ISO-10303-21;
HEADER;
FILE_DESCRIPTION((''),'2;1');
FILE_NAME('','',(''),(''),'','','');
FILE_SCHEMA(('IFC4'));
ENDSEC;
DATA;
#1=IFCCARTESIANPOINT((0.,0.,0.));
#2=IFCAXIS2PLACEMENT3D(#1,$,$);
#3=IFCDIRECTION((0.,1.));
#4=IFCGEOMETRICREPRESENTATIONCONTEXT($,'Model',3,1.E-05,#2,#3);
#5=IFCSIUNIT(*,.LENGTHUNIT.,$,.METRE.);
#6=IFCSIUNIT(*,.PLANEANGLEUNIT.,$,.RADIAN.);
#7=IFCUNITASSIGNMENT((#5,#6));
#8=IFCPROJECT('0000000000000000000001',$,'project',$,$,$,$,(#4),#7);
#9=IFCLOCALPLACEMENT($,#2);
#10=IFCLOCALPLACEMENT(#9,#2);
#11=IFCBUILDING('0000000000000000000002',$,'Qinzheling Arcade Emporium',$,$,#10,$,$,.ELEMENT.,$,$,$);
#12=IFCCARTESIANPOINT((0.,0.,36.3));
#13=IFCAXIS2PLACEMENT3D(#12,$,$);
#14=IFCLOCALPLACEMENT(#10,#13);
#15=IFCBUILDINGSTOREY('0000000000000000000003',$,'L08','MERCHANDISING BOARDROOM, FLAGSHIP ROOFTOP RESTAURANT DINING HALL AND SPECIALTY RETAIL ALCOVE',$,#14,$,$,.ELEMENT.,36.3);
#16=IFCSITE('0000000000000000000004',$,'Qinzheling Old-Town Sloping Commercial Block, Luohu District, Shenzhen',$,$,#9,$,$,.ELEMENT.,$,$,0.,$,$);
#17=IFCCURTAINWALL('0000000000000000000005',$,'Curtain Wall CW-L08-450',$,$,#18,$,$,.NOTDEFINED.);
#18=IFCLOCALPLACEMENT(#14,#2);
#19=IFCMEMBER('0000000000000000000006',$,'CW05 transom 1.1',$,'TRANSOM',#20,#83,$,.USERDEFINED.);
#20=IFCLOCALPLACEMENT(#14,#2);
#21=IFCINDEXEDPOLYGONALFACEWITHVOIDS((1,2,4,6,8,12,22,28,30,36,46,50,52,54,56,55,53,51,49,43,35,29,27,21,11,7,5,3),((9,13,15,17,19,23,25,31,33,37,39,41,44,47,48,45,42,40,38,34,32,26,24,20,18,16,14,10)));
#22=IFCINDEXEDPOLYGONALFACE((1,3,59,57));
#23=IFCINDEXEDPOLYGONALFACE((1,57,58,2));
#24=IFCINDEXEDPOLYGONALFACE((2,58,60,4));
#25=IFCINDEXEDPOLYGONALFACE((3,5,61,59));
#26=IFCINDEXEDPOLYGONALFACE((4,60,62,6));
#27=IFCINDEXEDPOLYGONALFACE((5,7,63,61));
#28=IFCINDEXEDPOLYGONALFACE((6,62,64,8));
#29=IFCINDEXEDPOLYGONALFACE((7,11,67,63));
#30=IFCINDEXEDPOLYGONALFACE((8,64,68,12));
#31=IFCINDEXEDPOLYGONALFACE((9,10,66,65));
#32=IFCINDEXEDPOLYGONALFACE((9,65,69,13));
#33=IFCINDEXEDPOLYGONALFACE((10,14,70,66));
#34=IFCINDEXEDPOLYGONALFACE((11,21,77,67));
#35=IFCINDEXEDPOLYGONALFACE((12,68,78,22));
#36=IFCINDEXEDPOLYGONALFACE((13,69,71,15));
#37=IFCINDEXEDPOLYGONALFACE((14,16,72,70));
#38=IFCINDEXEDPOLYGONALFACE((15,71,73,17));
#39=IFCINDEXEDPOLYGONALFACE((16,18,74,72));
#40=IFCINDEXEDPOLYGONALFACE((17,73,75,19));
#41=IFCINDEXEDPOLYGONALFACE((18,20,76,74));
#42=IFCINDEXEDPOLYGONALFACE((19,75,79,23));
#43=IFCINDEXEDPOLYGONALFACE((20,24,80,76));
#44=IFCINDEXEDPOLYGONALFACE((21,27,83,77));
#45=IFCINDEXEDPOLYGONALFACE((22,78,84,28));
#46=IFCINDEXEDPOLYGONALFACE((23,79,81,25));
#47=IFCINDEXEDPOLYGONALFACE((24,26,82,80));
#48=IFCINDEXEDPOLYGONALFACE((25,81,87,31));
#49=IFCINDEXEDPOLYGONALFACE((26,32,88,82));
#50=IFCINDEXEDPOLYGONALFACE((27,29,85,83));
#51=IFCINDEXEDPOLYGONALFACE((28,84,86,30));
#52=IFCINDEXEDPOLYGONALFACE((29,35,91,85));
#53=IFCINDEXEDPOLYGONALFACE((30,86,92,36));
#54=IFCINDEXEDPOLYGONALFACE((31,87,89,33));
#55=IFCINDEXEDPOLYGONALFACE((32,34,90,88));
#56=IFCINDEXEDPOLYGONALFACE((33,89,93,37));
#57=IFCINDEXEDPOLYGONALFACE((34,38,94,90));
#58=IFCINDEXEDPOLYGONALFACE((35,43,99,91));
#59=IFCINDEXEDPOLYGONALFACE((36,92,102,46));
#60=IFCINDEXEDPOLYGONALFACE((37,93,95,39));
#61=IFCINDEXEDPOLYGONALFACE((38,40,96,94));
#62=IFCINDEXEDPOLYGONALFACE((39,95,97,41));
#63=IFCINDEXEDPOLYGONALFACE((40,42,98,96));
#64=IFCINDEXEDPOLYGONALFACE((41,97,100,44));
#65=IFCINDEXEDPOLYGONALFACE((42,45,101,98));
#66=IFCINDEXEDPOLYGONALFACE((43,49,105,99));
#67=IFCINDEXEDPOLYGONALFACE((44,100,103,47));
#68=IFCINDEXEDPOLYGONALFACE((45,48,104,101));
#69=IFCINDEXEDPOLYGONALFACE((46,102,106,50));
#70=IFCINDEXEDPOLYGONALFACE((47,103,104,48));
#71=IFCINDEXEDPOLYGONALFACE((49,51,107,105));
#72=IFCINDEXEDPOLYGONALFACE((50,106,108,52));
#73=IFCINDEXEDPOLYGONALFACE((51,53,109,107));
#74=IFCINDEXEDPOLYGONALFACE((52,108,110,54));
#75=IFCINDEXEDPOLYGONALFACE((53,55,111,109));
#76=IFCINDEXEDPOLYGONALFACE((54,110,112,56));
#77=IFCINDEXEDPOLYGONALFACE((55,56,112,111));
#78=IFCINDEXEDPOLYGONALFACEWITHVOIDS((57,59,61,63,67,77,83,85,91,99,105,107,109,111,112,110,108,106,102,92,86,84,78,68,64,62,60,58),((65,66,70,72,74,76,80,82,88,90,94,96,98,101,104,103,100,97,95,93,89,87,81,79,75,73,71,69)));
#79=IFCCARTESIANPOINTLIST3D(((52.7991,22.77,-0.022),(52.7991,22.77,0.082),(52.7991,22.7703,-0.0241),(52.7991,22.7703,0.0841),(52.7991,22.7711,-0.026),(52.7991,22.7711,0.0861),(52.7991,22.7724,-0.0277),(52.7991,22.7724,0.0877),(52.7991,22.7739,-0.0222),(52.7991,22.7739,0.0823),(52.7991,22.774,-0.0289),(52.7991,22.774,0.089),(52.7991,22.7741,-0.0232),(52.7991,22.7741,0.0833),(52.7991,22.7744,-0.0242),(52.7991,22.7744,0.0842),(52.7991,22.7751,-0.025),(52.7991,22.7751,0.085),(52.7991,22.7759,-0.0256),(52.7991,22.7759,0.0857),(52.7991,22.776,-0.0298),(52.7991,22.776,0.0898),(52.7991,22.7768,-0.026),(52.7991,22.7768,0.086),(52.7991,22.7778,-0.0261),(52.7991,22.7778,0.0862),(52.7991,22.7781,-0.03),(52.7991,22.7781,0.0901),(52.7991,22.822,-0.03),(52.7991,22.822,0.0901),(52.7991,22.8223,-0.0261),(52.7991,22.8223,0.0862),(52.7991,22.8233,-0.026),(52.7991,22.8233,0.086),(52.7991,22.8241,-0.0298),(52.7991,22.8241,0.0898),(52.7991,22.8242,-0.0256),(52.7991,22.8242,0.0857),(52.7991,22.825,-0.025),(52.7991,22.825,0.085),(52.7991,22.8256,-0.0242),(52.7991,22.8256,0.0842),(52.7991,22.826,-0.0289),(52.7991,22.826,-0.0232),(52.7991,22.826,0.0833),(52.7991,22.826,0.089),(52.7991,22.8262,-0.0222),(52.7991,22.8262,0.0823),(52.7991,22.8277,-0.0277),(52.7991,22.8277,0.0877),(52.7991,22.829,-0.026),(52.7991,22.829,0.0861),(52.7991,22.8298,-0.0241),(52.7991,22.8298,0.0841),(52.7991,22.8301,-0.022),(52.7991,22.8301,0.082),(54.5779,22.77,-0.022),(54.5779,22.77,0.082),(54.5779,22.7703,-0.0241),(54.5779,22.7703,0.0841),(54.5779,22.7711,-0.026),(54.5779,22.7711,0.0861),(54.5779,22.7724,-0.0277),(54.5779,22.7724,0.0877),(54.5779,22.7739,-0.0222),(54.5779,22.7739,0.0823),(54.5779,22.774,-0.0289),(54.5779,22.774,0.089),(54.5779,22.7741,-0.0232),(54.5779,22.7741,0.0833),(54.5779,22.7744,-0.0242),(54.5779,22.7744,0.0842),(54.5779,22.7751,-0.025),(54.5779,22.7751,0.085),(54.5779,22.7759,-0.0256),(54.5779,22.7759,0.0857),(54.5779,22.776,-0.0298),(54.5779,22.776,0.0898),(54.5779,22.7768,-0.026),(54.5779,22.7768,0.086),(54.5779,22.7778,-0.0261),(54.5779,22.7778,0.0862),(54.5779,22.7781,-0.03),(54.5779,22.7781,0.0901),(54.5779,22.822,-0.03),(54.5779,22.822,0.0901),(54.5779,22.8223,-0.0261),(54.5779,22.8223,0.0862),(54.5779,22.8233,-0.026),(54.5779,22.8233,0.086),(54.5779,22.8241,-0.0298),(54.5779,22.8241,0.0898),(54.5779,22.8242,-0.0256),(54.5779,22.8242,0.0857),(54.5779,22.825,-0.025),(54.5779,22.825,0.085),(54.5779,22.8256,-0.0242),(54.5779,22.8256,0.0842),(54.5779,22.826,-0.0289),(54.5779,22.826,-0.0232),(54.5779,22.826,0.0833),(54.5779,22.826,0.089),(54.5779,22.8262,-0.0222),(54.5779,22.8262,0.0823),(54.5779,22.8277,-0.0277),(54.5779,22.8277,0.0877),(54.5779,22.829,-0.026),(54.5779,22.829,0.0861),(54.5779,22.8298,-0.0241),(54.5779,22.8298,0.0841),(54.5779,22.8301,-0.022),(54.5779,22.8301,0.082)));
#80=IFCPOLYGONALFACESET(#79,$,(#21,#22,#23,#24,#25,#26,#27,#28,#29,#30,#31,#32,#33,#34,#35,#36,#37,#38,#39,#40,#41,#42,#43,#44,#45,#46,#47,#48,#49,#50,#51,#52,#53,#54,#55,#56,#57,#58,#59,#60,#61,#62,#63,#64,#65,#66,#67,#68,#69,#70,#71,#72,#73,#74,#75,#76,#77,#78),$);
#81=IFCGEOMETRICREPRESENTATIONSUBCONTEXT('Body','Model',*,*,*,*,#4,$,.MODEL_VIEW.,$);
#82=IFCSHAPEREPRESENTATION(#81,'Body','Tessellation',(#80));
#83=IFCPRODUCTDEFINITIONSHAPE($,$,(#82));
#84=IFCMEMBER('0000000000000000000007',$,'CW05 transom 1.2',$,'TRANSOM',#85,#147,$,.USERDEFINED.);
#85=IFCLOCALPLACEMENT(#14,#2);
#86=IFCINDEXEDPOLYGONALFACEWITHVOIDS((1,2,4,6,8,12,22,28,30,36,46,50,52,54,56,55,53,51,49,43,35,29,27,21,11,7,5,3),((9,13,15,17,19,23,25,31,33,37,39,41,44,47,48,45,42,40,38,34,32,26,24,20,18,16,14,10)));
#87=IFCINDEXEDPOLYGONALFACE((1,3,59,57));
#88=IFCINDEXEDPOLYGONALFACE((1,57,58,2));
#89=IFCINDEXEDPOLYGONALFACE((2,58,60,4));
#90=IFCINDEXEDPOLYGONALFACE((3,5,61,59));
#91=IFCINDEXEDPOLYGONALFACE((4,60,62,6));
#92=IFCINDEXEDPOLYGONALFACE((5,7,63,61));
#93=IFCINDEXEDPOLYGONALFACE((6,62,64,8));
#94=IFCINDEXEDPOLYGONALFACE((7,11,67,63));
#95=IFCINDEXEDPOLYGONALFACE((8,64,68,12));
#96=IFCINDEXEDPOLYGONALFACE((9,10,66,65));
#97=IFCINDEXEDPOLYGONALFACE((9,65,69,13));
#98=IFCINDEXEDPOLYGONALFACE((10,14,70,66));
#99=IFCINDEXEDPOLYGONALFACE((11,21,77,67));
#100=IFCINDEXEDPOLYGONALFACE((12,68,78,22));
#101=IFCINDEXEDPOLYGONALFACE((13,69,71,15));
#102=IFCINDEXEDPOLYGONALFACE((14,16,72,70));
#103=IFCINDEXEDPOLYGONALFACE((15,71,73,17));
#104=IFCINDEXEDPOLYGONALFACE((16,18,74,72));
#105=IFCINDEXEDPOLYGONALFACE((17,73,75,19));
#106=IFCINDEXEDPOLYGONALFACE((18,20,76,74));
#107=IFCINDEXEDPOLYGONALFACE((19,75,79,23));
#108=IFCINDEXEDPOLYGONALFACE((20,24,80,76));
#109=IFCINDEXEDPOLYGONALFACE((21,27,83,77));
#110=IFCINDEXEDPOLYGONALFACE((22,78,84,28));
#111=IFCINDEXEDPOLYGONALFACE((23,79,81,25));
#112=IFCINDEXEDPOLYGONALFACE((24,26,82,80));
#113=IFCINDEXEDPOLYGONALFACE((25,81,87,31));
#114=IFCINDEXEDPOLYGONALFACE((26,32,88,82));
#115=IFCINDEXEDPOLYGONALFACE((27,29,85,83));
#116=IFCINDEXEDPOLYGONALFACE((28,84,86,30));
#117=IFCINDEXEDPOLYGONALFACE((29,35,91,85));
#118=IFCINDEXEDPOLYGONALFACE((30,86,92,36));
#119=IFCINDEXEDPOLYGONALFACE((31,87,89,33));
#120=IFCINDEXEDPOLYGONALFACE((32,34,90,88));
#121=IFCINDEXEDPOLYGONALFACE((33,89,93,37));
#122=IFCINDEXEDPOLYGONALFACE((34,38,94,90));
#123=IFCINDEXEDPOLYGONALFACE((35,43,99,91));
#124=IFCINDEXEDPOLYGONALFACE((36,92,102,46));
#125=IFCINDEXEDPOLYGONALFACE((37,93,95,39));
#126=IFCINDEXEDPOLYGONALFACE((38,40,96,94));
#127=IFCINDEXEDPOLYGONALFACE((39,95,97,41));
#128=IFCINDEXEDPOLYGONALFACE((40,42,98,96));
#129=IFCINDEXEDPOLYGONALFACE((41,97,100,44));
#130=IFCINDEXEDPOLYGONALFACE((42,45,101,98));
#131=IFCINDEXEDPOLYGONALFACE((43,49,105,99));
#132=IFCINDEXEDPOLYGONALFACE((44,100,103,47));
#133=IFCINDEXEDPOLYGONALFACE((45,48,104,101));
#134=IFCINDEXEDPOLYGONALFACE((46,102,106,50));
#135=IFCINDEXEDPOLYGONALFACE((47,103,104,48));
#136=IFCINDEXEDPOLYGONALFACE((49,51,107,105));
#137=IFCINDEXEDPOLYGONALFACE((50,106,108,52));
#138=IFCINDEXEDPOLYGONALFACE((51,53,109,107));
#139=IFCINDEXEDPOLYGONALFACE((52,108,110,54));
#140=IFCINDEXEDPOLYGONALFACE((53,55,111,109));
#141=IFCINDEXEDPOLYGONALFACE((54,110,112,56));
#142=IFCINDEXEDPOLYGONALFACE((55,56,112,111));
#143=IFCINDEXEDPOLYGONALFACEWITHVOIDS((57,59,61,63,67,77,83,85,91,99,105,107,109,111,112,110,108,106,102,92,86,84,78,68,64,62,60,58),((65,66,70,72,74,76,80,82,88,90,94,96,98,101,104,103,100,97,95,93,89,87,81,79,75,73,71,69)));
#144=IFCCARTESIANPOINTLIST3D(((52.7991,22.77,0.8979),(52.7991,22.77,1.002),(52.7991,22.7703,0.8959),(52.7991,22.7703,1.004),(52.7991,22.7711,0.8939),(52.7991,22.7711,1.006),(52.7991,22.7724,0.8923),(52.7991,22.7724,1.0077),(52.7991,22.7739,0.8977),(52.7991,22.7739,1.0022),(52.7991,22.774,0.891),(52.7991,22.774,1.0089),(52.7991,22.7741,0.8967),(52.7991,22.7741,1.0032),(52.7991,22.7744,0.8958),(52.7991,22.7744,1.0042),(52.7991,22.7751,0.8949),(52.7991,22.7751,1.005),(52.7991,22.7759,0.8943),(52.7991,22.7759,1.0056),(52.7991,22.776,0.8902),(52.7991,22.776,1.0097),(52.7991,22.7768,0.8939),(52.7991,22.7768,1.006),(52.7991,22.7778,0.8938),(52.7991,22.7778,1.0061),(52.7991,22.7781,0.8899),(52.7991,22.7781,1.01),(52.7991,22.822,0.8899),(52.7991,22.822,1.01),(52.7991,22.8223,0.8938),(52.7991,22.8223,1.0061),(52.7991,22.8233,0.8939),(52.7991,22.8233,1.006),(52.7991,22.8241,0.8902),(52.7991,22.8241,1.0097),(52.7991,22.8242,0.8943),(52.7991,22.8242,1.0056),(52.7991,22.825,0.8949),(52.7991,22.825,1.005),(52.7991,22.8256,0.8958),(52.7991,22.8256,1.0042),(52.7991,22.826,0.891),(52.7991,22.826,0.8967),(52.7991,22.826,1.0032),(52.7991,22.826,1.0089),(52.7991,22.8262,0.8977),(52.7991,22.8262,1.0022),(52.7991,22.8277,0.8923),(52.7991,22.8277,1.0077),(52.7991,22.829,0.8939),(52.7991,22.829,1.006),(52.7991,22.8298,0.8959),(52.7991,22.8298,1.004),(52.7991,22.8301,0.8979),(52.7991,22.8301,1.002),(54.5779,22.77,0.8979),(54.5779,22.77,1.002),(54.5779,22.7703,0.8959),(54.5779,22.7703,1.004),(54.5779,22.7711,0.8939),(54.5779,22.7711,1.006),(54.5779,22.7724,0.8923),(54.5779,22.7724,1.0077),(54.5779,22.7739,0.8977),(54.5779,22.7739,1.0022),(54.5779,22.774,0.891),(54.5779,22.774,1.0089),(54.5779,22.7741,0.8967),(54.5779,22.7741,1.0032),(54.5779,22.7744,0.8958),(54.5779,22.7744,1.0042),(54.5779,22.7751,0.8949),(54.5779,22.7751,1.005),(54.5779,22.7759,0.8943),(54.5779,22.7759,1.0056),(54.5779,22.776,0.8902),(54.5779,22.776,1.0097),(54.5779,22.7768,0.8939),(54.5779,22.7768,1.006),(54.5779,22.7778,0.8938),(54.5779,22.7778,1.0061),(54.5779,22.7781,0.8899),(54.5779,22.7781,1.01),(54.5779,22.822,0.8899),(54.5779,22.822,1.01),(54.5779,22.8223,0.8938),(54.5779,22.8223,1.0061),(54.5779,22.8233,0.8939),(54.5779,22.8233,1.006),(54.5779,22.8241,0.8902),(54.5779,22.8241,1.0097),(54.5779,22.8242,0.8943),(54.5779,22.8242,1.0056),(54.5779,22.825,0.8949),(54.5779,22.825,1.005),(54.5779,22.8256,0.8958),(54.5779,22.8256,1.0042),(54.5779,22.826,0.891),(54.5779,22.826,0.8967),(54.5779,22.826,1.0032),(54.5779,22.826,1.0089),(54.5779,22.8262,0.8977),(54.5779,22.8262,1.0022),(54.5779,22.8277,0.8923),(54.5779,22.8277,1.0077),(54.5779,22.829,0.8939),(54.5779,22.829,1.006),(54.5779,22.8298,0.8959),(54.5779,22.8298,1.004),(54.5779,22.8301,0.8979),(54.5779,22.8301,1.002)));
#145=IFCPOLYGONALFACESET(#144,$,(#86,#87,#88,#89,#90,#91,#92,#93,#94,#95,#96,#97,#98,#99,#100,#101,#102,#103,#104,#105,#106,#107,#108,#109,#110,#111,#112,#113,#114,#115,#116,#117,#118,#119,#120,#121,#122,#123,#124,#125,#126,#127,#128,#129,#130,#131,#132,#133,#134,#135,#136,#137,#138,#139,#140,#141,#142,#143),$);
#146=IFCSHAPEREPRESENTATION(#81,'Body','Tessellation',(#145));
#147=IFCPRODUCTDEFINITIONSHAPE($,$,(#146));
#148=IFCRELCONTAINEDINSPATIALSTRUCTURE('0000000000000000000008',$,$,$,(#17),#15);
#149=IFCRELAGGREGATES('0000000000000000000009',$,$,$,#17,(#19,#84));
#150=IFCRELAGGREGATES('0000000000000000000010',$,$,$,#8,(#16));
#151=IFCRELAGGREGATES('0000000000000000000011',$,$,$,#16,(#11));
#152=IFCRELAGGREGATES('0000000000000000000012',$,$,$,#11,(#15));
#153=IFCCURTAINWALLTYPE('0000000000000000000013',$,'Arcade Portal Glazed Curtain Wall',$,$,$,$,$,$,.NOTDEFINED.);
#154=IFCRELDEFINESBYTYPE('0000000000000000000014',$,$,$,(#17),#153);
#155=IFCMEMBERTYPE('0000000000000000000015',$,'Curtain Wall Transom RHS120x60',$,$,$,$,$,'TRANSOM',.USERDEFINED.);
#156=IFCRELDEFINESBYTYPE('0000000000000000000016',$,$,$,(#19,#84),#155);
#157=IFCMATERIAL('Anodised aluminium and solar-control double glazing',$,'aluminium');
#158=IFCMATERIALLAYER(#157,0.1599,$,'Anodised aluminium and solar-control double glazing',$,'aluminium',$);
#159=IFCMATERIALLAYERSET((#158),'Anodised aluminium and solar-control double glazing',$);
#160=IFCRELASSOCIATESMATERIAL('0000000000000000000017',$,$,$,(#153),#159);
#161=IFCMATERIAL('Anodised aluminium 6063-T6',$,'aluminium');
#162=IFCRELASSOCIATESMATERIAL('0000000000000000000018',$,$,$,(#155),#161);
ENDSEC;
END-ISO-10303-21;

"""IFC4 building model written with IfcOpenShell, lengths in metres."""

from ifc_helpers import new_model, si_unit, direction, frame, origin, origin_2d, place, context, subcontext, project, spatial, hollow_rectangle, extrude, material, layer, layer_set, material_profile, profile_set, type_object, element, aggregate, save


model = new_model("IFC4")

# Units and contexts
model_context = context("Model", 3, precision=1e-05, world=origin(), true_north=direction((0.0, 1.0)))
body_context = subcontext(model_context, "Body", "Model", "MODEL_VIEW")
ifc_project = project(units=[si_unit("LENGTHUNIT", "METRE"), si_unit("PLANEANGLEUNIT", "RADIAN")], contexts=[model_context])

# Site, building, storey
site_placement = place(None, origin())
site = spatial("IfcSite", under=ifc_project, at=site_placement, Name="Qinzheling Old-Town Sloping Commercial Block, Luohu District, Shenzhen", CompositionType="ELEMENT", RefElevation=0.0)
building_placement = place(site_placement, origin())
building = spatial("IfcBuilding", under=site, at=building_placement, Name="Qinzheling Arcade Emporium", CompositionType="ELEMENT")
storey_placement = place(building_placement, frame((0.0, 0.0, 36.3)))
storey = spatial("IfcBuildingStorey", under=building, at=storey_placement, Name="L08", Description="MERCHANDISING BOARDROOM, FLAGSHIP ROOFTOP RESTAURANT DINING HALL AND SPECIALTY RETAIL ALCOVE", CompositionType="ELEMENT", Elevation=36.3)

# Curtain wall, members
ifc_material_1 = material(Name="Anodised aluminium and solar-control double glazing", Category="aluminium")
ifc_layer_1 = layer(ifc_material_1, 0.1599, Name="Anodised aluminium and solar-control double glazing", Category="aluminium")
ifc_layer_set_1 = layer_set([ifc_layer_1], Name="Anodised aluminium and solar-control double glazing")
curtain_wall_type = type_object("IfcCurtainWallType", Name="Arcade Portal Glazed Curtain Wall", PredefinedType="NOTDEFINED", material=ifc_layer_set_1)
curtain_wall_placement = place(storey_placement, origin())
curtain_wall = element("IfcCurtainWall", 1, at=curtain_wall_placement, inside=storey, type_object=curtain_wall_type, Name="Curtain Wall CW-L08-450", PredefinedType="NOTDEFINED")
ifc_material_2 = material(Name="Anodised aluminium 6063-T6", Category="aluminium")
ifc_material_profile_1 = material_profile(ifc_material_2, hollow_rectangle(XDim=0.0601, YDim=0.1201, WallThickness=0.0039, InnerFilletRadius=0.0039, OuterFilletRadius=0.0081, at=origin_2d()), Name="RHS 120x60x4", Category="aluminium")
ifc_profile_set_1 = profile_set([ifc_material_profile_1], Name="Anodised aluminium 6063-T6")
member_type_1 = type_object("IfcMemberType", Name="Curtain Wall Transom RHS120x60", ElementType="TRANSOM", PredefinedType="USERDEFINED", material=ifc_profile_set_1)
member_1_placement = place(storey_placement, frame((54.5779, 22.8, 0.03), z_axis=(-1.0, 0.0, 0.0), x_axis=(0.0, -1.0, 0.0)))
member_1 = element("IfcMember", 2, at=member_1_placement, type_object=member_type_1, Name="CW05 transom 1.1", ObjectType="TRANSOM", PredefinedType="USERDEFINED", context=body_context, shape_type="SweptSolid", body=[
    extrude(hollow_rectangle(XDim=0.0601, YDim=0.1201, WallThickness=0.0039, InnerFilletRadius=0.0039, OuterFilletRadius=0.0081, at=origin_2d()), origin(), (0.0, 0.0, 1.0), 1.7788),
])
member_2_placement = place(storey_placement, frame((54.5779, 22.8, 0.95), z_axis=(-1.0, 0.0, 0.0), x_axis=(0.0, -1.0, 0.0)))
member_2 = element("IfcMember", 3, at=member_2_placement, type_object=member_type_1, Name="CW05 transom 1.2", ObjectType="TRANSOM", PredefinedType="USERDEFINED", context=body_context, shape_type="SweptSolid", body=[
    extrude(hollow_rectangle(XDim=0.0601, YDim=0.1201, WallThickness=0.0039, InnerFilletRadius=0.0039, OuterFilletRadius=0.0081, at=origin_2d()), origin(), (0.0, 0.0, 1.0), 1.7788),
])

aggregate(curtain_wall, [member_1, member_2])

save(model, "model.ifc")
